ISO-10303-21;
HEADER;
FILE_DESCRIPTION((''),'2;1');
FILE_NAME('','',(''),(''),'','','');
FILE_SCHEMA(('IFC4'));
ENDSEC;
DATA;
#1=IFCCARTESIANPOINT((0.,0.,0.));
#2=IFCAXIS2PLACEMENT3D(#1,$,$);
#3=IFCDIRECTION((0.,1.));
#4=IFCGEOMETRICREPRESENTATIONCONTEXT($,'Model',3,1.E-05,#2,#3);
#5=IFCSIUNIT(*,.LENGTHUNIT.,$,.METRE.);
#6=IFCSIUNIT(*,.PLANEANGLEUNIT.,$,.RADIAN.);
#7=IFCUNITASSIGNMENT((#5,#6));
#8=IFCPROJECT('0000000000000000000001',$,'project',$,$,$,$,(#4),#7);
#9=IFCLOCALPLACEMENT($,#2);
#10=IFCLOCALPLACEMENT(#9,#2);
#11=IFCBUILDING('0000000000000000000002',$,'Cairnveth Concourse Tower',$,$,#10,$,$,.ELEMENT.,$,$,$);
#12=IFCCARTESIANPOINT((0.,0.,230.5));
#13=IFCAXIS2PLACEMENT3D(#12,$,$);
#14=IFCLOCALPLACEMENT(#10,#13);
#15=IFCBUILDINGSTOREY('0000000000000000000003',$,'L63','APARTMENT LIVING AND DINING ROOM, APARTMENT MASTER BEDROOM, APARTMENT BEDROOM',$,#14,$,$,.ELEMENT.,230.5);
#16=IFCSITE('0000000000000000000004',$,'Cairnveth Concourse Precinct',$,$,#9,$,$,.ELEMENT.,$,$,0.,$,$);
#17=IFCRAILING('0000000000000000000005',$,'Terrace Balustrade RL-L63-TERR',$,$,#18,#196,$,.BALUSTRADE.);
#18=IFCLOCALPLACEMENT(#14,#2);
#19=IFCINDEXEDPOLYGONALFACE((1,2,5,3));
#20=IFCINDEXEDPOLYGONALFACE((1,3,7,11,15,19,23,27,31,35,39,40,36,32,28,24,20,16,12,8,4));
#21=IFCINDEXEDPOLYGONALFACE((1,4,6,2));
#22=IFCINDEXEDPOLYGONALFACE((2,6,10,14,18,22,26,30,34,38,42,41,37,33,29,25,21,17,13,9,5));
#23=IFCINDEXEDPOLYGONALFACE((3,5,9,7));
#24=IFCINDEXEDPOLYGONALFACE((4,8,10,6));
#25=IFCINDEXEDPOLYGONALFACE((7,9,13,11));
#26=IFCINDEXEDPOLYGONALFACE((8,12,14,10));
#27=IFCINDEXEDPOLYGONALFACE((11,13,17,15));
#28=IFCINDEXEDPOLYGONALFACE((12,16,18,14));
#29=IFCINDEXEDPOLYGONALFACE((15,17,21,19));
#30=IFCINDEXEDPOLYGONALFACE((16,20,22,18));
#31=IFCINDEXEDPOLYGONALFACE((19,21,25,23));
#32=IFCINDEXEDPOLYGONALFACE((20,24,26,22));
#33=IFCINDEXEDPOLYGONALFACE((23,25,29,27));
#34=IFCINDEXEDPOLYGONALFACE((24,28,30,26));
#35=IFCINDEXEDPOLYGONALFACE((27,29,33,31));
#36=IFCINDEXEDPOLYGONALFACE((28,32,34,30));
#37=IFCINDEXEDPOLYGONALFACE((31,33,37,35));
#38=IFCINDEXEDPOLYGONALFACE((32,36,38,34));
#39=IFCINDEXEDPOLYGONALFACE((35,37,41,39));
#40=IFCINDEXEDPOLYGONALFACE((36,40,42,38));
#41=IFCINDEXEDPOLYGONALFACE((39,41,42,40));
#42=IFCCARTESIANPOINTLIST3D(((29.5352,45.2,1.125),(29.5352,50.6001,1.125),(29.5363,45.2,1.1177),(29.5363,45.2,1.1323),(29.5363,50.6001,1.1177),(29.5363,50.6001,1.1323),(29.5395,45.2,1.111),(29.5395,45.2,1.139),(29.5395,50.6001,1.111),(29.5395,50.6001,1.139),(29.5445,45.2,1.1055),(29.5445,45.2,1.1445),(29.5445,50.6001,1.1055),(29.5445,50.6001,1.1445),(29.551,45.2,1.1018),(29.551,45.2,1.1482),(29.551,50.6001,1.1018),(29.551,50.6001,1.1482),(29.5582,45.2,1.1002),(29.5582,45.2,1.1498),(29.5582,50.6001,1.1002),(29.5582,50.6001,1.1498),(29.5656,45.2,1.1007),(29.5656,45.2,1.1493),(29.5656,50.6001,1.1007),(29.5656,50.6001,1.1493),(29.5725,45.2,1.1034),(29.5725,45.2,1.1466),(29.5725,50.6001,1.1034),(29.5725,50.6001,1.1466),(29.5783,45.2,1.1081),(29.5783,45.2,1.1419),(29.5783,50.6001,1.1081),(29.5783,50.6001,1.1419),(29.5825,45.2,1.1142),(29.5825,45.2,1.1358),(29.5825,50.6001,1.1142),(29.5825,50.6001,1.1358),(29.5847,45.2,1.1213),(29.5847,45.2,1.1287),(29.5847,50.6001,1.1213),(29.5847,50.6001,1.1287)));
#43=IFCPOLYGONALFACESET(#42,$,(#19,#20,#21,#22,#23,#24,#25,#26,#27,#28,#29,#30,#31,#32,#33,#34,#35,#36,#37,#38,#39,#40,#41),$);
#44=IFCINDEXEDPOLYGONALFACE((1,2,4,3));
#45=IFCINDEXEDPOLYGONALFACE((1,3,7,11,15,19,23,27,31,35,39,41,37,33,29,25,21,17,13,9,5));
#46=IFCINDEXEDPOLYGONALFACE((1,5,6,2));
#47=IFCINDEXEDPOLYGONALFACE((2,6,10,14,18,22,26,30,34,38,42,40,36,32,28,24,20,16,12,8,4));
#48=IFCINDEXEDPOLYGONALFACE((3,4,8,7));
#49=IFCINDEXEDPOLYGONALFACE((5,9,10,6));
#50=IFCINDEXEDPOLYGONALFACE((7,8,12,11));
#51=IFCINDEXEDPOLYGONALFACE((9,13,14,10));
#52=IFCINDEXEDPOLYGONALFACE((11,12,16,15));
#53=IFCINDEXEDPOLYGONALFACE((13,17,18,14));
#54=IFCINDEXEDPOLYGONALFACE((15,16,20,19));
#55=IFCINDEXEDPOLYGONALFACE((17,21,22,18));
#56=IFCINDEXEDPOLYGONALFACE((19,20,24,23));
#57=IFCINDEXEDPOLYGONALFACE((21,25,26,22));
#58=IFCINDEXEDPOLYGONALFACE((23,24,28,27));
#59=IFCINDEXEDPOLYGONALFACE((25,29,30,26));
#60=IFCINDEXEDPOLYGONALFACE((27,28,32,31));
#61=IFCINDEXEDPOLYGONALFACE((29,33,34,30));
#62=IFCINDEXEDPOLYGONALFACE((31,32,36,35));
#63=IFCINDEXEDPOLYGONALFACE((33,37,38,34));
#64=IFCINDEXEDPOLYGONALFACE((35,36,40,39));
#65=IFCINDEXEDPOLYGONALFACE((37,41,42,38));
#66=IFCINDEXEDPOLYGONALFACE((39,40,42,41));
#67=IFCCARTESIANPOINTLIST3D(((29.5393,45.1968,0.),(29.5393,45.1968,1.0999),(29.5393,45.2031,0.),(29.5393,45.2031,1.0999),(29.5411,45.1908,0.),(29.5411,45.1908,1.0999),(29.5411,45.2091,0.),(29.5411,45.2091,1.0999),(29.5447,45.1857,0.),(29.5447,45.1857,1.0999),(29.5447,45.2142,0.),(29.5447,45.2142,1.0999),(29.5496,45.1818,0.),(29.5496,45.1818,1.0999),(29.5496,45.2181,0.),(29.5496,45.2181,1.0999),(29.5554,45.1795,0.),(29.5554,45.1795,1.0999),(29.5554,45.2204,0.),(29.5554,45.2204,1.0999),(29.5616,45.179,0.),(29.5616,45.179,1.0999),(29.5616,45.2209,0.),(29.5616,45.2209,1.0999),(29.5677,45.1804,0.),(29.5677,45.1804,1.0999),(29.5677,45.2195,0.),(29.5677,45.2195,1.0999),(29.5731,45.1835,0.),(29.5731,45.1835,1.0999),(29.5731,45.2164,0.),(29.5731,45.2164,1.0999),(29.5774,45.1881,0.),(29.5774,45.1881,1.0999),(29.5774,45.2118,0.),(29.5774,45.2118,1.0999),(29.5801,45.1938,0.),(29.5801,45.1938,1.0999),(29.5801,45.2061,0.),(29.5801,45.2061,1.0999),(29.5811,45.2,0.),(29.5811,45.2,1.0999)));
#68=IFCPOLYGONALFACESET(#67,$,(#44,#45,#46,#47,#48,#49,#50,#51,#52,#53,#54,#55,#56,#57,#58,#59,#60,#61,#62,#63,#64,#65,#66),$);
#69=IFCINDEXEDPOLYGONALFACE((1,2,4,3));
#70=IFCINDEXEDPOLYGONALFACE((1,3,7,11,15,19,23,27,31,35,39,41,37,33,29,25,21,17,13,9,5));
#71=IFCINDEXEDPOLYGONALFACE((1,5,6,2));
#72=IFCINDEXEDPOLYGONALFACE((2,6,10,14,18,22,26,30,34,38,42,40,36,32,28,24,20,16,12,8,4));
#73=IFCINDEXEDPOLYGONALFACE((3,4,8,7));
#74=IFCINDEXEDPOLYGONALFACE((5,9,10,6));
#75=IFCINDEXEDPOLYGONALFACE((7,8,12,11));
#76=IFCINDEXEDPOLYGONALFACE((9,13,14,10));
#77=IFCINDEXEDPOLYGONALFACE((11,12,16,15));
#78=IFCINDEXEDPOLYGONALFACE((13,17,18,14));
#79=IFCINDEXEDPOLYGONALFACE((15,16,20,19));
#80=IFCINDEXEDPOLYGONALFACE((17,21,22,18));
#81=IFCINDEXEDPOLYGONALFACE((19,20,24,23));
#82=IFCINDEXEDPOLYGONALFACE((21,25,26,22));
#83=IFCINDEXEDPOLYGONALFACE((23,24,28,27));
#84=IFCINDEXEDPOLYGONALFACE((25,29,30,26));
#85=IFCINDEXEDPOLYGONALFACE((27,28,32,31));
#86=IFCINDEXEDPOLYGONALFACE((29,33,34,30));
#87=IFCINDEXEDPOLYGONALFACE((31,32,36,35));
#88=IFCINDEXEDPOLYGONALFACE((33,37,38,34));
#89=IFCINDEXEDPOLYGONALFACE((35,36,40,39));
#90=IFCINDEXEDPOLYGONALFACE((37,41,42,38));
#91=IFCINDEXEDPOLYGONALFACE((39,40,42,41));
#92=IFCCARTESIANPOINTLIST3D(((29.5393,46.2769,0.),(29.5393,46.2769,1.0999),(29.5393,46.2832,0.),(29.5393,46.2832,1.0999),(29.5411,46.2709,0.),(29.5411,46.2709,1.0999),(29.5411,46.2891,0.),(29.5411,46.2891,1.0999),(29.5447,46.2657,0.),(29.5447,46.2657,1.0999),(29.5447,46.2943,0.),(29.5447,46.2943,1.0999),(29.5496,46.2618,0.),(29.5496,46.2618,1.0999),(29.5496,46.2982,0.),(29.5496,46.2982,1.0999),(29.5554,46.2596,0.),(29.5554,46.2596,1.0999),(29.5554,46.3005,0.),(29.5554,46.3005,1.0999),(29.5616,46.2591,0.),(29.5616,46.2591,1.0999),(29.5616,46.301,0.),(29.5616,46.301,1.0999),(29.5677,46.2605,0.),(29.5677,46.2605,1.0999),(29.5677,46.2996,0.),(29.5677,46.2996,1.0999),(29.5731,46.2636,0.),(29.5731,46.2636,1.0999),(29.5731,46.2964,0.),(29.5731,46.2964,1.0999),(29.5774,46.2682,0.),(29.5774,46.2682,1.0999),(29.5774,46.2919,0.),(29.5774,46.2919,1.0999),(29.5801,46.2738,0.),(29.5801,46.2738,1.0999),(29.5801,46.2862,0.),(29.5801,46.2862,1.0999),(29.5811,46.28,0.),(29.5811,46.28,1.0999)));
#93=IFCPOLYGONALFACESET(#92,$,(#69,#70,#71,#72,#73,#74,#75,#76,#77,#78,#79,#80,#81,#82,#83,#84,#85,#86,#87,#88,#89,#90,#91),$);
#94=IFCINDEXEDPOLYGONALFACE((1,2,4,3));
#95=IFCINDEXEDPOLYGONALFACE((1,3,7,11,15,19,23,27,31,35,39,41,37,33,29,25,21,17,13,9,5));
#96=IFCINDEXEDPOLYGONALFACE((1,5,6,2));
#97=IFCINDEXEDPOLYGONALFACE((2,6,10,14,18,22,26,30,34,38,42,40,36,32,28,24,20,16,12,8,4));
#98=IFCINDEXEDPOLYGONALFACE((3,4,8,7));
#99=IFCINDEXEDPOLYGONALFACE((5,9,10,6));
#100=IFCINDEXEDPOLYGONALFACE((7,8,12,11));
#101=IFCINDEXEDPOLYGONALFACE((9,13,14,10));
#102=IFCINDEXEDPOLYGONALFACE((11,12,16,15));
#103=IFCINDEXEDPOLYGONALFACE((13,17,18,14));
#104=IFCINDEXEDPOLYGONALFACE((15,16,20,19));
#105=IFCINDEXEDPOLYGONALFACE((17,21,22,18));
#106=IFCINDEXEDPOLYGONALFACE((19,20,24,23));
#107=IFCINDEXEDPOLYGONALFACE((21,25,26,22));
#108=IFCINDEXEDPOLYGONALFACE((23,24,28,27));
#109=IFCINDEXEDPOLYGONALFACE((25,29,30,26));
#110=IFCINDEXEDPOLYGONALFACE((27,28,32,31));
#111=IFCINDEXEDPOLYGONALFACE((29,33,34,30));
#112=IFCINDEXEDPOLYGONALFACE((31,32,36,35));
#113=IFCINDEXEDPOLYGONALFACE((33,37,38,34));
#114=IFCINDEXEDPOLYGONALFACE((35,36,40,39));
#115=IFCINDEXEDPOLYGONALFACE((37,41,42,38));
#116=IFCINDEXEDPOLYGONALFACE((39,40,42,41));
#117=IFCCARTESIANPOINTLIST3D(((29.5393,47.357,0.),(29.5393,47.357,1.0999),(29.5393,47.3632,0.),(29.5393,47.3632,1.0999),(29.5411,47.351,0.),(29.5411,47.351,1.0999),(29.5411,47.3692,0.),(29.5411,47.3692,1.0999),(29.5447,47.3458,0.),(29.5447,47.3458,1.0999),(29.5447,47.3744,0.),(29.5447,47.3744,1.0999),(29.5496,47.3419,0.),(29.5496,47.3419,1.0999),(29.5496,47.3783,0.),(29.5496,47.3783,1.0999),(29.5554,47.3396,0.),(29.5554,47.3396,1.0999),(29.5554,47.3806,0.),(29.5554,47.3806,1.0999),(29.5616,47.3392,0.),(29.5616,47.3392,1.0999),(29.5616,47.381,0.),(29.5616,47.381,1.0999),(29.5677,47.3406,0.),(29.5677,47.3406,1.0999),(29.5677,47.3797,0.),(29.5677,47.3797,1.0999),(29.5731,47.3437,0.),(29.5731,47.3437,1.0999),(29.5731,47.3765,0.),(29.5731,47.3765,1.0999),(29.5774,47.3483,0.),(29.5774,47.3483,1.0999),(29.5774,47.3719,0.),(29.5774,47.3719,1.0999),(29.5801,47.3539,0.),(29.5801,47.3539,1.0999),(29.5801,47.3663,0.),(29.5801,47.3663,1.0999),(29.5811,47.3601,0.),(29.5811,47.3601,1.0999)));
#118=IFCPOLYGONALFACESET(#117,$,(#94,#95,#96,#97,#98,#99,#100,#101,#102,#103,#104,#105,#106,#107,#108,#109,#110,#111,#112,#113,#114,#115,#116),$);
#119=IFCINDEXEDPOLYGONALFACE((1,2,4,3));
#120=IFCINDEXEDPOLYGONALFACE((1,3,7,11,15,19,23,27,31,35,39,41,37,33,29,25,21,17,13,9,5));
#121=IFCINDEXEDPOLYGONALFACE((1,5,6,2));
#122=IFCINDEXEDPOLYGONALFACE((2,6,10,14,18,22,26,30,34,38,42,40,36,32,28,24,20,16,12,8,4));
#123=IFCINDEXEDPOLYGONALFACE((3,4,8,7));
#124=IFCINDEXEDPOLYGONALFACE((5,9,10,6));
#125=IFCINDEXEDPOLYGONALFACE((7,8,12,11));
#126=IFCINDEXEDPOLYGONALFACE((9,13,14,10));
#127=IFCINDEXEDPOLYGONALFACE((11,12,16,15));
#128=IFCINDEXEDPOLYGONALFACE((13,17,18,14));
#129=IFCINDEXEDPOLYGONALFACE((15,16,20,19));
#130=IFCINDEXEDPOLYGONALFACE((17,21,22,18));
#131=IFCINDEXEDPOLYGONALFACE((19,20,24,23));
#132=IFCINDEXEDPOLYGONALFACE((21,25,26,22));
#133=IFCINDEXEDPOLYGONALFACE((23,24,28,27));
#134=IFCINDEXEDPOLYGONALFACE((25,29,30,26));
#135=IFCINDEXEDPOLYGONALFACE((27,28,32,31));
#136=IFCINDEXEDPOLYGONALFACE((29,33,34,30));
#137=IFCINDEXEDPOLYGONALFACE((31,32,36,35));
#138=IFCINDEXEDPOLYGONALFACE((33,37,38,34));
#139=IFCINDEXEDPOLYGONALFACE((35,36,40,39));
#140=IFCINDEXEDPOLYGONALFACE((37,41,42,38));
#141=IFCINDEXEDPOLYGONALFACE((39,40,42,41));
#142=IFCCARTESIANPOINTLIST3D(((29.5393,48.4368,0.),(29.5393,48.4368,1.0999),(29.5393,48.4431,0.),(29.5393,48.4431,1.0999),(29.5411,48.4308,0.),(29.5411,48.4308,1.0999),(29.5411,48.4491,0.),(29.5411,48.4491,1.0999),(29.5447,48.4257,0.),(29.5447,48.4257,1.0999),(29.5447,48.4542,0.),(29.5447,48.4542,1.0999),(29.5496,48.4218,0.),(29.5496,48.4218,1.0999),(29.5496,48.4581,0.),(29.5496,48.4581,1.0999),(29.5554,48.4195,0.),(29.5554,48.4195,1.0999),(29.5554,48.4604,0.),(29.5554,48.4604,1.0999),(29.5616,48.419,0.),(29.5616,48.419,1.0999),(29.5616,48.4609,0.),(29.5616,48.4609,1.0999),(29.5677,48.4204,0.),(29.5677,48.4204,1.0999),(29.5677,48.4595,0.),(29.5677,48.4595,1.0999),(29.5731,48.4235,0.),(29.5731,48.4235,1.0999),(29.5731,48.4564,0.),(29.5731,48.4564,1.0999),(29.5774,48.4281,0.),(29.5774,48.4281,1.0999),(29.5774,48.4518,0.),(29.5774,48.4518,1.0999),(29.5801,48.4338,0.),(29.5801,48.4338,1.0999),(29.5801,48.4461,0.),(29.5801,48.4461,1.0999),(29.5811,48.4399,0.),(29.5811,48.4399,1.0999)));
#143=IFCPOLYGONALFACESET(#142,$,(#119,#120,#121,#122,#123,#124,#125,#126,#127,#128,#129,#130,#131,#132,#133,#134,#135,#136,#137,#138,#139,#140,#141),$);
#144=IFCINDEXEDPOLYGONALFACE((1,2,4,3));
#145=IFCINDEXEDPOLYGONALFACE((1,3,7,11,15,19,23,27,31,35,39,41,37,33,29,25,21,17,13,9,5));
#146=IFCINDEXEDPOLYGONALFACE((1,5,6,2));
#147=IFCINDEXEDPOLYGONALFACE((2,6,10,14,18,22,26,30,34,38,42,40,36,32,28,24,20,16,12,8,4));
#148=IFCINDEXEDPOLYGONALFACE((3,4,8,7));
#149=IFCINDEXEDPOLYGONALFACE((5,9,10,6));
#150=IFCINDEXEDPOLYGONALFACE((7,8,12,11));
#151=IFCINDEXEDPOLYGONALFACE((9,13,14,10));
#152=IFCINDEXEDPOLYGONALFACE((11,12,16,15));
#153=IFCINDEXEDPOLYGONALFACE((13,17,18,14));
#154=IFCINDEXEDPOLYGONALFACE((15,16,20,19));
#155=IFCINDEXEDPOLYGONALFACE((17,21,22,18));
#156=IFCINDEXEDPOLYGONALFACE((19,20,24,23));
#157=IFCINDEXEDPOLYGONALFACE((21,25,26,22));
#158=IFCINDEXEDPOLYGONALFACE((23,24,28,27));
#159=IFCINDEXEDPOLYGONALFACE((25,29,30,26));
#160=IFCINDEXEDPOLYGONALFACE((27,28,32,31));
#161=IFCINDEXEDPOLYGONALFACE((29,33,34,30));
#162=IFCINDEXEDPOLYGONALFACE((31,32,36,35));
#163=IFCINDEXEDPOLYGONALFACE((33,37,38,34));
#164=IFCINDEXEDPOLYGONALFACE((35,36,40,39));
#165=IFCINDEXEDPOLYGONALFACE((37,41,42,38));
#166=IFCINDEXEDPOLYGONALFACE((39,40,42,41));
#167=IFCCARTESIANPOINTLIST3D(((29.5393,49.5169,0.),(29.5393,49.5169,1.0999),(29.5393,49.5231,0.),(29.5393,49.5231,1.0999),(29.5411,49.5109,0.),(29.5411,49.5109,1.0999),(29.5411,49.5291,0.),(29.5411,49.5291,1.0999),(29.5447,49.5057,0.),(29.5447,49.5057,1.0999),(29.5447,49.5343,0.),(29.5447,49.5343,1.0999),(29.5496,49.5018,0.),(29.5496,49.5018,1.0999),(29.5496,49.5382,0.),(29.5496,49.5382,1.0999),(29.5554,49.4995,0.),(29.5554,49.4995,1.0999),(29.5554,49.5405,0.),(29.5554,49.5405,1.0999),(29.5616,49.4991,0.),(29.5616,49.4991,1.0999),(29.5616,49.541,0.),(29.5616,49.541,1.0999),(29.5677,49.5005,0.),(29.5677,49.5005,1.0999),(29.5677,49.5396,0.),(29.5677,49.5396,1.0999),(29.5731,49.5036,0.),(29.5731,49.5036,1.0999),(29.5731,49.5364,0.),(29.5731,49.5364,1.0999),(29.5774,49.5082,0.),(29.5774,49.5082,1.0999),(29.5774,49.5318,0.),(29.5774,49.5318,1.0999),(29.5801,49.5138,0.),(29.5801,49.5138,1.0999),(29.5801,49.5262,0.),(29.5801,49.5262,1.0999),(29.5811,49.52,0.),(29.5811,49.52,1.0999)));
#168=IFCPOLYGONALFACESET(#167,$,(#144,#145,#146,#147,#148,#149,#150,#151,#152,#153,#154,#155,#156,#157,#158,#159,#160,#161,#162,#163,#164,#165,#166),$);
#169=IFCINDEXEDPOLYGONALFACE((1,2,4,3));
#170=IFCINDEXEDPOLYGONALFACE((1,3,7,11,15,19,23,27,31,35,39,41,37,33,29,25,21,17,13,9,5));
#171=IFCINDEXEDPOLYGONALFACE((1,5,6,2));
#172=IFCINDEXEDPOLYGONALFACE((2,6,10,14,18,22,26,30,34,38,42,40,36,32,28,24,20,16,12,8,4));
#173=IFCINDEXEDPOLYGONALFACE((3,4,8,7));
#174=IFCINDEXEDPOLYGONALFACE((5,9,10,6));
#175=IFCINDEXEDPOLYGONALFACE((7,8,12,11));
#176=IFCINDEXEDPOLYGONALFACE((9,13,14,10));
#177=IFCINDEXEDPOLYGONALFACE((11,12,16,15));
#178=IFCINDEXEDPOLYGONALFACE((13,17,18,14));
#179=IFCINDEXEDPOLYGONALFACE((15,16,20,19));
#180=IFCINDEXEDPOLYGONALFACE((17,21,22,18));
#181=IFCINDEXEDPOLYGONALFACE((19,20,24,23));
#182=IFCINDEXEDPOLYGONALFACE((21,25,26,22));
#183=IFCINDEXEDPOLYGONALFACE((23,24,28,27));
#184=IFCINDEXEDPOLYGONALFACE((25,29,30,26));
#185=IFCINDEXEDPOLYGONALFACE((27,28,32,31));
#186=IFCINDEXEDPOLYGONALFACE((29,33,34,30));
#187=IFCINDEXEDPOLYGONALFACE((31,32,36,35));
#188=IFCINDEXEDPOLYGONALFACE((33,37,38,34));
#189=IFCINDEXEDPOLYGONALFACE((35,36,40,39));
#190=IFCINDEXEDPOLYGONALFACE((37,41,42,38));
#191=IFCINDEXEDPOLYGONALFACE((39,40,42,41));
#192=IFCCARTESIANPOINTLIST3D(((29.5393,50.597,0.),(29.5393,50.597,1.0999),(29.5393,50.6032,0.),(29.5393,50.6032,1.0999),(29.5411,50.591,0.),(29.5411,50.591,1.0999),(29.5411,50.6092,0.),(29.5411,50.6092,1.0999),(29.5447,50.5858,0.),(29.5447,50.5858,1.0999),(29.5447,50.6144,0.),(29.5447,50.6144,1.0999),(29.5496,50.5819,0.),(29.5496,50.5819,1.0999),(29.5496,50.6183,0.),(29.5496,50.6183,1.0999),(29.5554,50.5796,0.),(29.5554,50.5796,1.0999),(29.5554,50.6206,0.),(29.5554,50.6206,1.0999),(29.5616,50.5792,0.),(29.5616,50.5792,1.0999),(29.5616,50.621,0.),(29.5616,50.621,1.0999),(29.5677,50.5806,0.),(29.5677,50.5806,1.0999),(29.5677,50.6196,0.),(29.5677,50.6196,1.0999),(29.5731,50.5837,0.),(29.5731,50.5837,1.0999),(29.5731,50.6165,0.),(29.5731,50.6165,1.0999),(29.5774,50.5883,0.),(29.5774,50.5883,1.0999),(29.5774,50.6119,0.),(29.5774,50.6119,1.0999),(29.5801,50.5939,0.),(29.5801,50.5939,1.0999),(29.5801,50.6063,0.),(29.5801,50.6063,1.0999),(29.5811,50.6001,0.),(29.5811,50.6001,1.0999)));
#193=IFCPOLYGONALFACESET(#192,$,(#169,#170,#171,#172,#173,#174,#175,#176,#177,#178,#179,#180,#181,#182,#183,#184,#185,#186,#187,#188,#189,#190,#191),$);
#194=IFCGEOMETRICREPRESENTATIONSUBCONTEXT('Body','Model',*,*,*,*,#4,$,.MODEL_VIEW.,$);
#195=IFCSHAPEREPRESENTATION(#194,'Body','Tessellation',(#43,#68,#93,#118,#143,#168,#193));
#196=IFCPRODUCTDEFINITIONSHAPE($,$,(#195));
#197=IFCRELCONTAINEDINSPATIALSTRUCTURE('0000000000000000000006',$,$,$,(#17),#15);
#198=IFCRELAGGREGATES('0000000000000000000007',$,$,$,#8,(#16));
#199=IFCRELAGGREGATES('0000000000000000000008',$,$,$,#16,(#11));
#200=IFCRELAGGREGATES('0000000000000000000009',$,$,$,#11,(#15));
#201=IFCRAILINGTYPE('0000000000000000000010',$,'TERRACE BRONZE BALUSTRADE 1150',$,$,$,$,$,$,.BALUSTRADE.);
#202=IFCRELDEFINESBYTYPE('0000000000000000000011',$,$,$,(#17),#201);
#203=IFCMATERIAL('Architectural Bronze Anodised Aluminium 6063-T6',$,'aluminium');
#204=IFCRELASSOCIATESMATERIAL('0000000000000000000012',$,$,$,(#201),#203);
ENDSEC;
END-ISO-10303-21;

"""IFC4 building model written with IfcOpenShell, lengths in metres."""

from ifc_helpers import new_model, si_unit, direction, frame, origin, origin_2d, place, context, subcontext, project, spatial, circle, extrude, material, type_object, element, save


model = new_model("IFC4")

# Units and contexts
model_context = context("Model", 3, precision=1e-05, world=origin(), true_north=direction((0.0, 1.0)))
body_context = subcontext(model_context, "Body", "Model", "MODEL_VIEW")
ifc_project = project(units=[si_unit("LENGTHUNIT", "METRE"), si_unit("PLANEANGLEUNIT", "RADIAN")], contexts=[model_context])

# Site, building, storey
site_placement = place(None, origin())
site = spatial("IfcSite", under=ifc_project, at=site_placement, Name="Cairnveth Concourse Precinct", CompositionType="ELEMENT", RefElevation=0.0)
building_placement = place(site_placement, origin())
building = spatial("IfcBuilding", under=site, at=building_placement, Name="Cairnveth Concourse Tower", CompositionType="ELEMENT")
storey_placement = place(building_placement, frame((0.0, 0.0, 230.5)))
storey = spatial("IfcBuildingStorey", under=building, at=storey_placement, Name="L63", Description="APARTMENT LIVING AND DINING ROOM, APARTMENT MASTER BEDROOM, APARTMENT BEDROOM", CompositionType="ELEMENT", Elevation=230.5)

# Shared definitions
ifc_material_1 = material(Name="Architectural Bronze Anodised Aluminium 6063-T6", Category="aluminium")

# Railing
railing_type = type_object("IfcRailingType", Name="TERRACE BRONZE BALUSTRADE 1150", PredefinedType="BALUSTRADE", material=ifc_material_1)
railing_placement = place(storey_placement, frame((29.5601, 45.2, 0.0)))
element("IfcRailing", 1, at=railing_placement, inside=storey, type_object=railing_type, Name="Terrace Balustrade RL-L63-TERR", PredefinedType="BALUSTRADE", context=body_context, shape_type="SweptSolid", body=[
    extrude(circle(Radius=0.0249, at=origin_2d()), frame((0.0, 0.0, 1.125), z_axis=(0.0, 1.0, 0.0), x_axis=(-1.0, 0.0, 0.0)), (0.0, 0.0, 1.0), 5.4001),
    extrude(circle(Radius=0.021, at=origin_2d()), origin(), (0.0, 0.0, 1.0), 1.0999),
    extrude(circle(Radius=0.021, at=origin_2d()), frame((0.0, 1.0801, 0.0)), (0.0, 0.0, 1.0), 1.0999),
    extrude(circle(Radius=0.021, at=origin_2d()), frame((0.0, 2.1602, 0.0)), (0.0, 0.0, 1.0), 1.0999),
    extrude(circle(Radius=0.021, at=origin_2d()), frame((0.0, 3.24, 0.0)), (0.0, 0.0, 1.0), 1.0999),
    extrude(circle(Radius=0.021, at=origin_2d()), frame((0.0, 4.3201, 0.0)), (0.0, 0.0, 1.0), 1.0999),
    extrude(circle(Radius=0.021, at=origin_2d()), frame((0.0, 5.4001, 0.0)), (0.0, 0.0, 1.0), 1.0999),
])

save(model, "model.ifc")
